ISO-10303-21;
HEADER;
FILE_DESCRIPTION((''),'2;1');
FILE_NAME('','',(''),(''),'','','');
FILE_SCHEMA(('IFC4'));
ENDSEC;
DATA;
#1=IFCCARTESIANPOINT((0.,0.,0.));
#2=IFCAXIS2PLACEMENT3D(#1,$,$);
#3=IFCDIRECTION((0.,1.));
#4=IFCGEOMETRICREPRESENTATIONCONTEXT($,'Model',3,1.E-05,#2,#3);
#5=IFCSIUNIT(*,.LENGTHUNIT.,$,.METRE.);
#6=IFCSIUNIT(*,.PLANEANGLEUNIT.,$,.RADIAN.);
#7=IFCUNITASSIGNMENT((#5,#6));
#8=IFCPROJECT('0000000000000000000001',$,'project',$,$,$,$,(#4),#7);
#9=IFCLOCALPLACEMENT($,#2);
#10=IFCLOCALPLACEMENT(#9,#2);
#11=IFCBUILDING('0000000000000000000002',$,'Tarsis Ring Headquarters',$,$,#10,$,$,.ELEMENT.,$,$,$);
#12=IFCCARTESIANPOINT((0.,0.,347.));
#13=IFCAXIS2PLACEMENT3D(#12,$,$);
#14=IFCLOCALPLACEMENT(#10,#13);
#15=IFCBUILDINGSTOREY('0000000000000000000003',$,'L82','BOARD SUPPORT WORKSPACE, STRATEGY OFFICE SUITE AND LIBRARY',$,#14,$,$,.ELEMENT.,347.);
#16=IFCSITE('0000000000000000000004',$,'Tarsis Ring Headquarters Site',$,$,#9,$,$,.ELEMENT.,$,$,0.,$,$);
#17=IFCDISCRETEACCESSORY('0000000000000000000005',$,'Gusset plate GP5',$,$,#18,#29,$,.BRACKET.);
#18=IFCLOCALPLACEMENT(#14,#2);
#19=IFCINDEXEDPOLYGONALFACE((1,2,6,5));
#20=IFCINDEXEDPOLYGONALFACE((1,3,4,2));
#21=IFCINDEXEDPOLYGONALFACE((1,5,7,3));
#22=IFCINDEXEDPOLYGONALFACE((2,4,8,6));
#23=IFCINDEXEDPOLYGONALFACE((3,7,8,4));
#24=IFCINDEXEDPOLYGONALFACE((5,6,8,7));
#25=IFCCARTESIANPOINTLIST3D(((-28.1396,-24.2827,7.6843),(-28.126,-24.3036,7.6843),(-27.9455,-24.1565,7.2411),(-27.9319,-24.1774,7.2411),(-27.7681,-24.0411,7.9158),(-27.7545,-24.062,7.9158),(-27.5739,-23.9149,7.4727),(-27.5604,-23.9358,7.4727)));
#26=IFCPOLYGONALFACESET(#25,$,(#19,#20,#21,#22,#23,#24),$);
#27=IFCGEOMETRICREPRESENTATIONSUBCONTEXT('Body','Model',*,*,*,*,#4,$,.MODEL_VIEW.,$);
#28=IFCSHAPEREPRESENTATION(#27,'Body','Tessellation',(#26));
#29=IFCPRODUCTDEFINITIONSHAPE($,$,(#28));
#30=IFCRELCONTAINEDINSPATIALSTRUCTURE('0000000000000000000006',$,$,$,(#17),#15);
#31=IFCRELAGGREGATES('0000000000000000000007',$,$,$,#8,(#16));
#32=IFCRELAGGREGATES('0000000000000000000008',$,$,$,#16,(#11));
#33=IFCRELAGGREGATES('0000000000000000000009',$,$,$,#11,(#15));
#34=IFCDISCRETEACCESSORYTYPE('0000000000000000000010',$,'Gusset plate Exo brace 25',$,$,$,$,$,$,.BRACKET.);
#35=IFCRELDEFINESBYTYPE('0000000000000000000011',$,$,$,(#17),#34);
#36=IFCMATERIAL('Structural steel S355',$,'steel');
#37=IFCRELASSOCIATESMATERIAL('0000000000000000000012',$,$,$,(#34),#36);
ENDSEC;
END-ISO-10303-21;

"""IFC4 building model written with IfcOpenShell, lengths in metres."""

from ifc_helpers import new_model, si_unit, direction, frame, origin, origin_2d, place, context, subcontext, project, spatial, rectangle, extrude, material, material_profile, profile_set, type_object, element, save


model = new_model("IFC4")

# Units and contexts
model_context = context("Model", 3, precision=1e-05, world=origin(), true_north=direction((0.0, 1.0)))
body_context = subcontext(model_context, "Body", "Model", "MODEL_VIEW")
ifc_project = project(units=[si_unit("LENGTHUNIT", "METRE"), si_unit("PLANEANGLEUNIT", "RADIAN")], contexts=[model_context])

# Site, building, storey
site_placement = place(None, origin())
site = spatial("IfcSite", under=ifc_project, at=site_placement, Name="Tarsis Ring Headquarters Site", CompositionType="ELEMENT", RefElevation=0.0)
building_placement = place(site_placement, origin())
building = spatial("IfcBuilding", under=site, at=building_placement, Name="Tarsis Ring Headquarters", CompositionType="ELEMENT")
storey_placement = place(building_placement, frame((0.0, 0.0, 347.0)))
storey = spatial("IfcBuildingStorey", under=building, at=storey_placement, Name="L82", Description="BOARD SUPPORT WORKSPACE, STRATEGY OFFICE SUITE AND LIBRARY", CompositionType="ELEMENT", Elevation=347.0)

# Shared definitions
ifc_material_1 = material(Name="Structural steel S355", Category="steel")

# Discrete accessory
ifc_material_profile_1 = material_profile(ifc_material_1, rectangle(XDim=0.0249, YDim=0.5, at=origin_2d()), Name="PL 25x500")
ifc_profile_set_1 = profile_set([ifc_material_profile_1], Name="Structural steel S355")
discrete_accessory_type = type_object("IfcDiscreteAccessoryType", Name="Gusset plate Exo brace 25", PredefinedType="BRACKET", material=ifc_profile_set_1)
discrete_accessory_placement = place(storey_placement, frame((-27.947, -24.1724, 7.8), z_axis=(0.388219, 0.252464, -0.886311), x_axis=(-0.545174, 0.838323, 0.0)))
element("IfcDiscreteAccessory", 1, at=discrete_accessory_placement, inside=storey, type_object=discrete_accessory_type, Name="Gusset plate GP5", PredefinedType="BRACKET", context=body_context, shape_type="SweptSolid", body=[
    extrude(rectangle(XDim=0.0249, YDim=0.5, at=origin_2d()), origin(), (0.0, 0.0, 1.0), 0.5),
])

save(model, "model.ifc")
